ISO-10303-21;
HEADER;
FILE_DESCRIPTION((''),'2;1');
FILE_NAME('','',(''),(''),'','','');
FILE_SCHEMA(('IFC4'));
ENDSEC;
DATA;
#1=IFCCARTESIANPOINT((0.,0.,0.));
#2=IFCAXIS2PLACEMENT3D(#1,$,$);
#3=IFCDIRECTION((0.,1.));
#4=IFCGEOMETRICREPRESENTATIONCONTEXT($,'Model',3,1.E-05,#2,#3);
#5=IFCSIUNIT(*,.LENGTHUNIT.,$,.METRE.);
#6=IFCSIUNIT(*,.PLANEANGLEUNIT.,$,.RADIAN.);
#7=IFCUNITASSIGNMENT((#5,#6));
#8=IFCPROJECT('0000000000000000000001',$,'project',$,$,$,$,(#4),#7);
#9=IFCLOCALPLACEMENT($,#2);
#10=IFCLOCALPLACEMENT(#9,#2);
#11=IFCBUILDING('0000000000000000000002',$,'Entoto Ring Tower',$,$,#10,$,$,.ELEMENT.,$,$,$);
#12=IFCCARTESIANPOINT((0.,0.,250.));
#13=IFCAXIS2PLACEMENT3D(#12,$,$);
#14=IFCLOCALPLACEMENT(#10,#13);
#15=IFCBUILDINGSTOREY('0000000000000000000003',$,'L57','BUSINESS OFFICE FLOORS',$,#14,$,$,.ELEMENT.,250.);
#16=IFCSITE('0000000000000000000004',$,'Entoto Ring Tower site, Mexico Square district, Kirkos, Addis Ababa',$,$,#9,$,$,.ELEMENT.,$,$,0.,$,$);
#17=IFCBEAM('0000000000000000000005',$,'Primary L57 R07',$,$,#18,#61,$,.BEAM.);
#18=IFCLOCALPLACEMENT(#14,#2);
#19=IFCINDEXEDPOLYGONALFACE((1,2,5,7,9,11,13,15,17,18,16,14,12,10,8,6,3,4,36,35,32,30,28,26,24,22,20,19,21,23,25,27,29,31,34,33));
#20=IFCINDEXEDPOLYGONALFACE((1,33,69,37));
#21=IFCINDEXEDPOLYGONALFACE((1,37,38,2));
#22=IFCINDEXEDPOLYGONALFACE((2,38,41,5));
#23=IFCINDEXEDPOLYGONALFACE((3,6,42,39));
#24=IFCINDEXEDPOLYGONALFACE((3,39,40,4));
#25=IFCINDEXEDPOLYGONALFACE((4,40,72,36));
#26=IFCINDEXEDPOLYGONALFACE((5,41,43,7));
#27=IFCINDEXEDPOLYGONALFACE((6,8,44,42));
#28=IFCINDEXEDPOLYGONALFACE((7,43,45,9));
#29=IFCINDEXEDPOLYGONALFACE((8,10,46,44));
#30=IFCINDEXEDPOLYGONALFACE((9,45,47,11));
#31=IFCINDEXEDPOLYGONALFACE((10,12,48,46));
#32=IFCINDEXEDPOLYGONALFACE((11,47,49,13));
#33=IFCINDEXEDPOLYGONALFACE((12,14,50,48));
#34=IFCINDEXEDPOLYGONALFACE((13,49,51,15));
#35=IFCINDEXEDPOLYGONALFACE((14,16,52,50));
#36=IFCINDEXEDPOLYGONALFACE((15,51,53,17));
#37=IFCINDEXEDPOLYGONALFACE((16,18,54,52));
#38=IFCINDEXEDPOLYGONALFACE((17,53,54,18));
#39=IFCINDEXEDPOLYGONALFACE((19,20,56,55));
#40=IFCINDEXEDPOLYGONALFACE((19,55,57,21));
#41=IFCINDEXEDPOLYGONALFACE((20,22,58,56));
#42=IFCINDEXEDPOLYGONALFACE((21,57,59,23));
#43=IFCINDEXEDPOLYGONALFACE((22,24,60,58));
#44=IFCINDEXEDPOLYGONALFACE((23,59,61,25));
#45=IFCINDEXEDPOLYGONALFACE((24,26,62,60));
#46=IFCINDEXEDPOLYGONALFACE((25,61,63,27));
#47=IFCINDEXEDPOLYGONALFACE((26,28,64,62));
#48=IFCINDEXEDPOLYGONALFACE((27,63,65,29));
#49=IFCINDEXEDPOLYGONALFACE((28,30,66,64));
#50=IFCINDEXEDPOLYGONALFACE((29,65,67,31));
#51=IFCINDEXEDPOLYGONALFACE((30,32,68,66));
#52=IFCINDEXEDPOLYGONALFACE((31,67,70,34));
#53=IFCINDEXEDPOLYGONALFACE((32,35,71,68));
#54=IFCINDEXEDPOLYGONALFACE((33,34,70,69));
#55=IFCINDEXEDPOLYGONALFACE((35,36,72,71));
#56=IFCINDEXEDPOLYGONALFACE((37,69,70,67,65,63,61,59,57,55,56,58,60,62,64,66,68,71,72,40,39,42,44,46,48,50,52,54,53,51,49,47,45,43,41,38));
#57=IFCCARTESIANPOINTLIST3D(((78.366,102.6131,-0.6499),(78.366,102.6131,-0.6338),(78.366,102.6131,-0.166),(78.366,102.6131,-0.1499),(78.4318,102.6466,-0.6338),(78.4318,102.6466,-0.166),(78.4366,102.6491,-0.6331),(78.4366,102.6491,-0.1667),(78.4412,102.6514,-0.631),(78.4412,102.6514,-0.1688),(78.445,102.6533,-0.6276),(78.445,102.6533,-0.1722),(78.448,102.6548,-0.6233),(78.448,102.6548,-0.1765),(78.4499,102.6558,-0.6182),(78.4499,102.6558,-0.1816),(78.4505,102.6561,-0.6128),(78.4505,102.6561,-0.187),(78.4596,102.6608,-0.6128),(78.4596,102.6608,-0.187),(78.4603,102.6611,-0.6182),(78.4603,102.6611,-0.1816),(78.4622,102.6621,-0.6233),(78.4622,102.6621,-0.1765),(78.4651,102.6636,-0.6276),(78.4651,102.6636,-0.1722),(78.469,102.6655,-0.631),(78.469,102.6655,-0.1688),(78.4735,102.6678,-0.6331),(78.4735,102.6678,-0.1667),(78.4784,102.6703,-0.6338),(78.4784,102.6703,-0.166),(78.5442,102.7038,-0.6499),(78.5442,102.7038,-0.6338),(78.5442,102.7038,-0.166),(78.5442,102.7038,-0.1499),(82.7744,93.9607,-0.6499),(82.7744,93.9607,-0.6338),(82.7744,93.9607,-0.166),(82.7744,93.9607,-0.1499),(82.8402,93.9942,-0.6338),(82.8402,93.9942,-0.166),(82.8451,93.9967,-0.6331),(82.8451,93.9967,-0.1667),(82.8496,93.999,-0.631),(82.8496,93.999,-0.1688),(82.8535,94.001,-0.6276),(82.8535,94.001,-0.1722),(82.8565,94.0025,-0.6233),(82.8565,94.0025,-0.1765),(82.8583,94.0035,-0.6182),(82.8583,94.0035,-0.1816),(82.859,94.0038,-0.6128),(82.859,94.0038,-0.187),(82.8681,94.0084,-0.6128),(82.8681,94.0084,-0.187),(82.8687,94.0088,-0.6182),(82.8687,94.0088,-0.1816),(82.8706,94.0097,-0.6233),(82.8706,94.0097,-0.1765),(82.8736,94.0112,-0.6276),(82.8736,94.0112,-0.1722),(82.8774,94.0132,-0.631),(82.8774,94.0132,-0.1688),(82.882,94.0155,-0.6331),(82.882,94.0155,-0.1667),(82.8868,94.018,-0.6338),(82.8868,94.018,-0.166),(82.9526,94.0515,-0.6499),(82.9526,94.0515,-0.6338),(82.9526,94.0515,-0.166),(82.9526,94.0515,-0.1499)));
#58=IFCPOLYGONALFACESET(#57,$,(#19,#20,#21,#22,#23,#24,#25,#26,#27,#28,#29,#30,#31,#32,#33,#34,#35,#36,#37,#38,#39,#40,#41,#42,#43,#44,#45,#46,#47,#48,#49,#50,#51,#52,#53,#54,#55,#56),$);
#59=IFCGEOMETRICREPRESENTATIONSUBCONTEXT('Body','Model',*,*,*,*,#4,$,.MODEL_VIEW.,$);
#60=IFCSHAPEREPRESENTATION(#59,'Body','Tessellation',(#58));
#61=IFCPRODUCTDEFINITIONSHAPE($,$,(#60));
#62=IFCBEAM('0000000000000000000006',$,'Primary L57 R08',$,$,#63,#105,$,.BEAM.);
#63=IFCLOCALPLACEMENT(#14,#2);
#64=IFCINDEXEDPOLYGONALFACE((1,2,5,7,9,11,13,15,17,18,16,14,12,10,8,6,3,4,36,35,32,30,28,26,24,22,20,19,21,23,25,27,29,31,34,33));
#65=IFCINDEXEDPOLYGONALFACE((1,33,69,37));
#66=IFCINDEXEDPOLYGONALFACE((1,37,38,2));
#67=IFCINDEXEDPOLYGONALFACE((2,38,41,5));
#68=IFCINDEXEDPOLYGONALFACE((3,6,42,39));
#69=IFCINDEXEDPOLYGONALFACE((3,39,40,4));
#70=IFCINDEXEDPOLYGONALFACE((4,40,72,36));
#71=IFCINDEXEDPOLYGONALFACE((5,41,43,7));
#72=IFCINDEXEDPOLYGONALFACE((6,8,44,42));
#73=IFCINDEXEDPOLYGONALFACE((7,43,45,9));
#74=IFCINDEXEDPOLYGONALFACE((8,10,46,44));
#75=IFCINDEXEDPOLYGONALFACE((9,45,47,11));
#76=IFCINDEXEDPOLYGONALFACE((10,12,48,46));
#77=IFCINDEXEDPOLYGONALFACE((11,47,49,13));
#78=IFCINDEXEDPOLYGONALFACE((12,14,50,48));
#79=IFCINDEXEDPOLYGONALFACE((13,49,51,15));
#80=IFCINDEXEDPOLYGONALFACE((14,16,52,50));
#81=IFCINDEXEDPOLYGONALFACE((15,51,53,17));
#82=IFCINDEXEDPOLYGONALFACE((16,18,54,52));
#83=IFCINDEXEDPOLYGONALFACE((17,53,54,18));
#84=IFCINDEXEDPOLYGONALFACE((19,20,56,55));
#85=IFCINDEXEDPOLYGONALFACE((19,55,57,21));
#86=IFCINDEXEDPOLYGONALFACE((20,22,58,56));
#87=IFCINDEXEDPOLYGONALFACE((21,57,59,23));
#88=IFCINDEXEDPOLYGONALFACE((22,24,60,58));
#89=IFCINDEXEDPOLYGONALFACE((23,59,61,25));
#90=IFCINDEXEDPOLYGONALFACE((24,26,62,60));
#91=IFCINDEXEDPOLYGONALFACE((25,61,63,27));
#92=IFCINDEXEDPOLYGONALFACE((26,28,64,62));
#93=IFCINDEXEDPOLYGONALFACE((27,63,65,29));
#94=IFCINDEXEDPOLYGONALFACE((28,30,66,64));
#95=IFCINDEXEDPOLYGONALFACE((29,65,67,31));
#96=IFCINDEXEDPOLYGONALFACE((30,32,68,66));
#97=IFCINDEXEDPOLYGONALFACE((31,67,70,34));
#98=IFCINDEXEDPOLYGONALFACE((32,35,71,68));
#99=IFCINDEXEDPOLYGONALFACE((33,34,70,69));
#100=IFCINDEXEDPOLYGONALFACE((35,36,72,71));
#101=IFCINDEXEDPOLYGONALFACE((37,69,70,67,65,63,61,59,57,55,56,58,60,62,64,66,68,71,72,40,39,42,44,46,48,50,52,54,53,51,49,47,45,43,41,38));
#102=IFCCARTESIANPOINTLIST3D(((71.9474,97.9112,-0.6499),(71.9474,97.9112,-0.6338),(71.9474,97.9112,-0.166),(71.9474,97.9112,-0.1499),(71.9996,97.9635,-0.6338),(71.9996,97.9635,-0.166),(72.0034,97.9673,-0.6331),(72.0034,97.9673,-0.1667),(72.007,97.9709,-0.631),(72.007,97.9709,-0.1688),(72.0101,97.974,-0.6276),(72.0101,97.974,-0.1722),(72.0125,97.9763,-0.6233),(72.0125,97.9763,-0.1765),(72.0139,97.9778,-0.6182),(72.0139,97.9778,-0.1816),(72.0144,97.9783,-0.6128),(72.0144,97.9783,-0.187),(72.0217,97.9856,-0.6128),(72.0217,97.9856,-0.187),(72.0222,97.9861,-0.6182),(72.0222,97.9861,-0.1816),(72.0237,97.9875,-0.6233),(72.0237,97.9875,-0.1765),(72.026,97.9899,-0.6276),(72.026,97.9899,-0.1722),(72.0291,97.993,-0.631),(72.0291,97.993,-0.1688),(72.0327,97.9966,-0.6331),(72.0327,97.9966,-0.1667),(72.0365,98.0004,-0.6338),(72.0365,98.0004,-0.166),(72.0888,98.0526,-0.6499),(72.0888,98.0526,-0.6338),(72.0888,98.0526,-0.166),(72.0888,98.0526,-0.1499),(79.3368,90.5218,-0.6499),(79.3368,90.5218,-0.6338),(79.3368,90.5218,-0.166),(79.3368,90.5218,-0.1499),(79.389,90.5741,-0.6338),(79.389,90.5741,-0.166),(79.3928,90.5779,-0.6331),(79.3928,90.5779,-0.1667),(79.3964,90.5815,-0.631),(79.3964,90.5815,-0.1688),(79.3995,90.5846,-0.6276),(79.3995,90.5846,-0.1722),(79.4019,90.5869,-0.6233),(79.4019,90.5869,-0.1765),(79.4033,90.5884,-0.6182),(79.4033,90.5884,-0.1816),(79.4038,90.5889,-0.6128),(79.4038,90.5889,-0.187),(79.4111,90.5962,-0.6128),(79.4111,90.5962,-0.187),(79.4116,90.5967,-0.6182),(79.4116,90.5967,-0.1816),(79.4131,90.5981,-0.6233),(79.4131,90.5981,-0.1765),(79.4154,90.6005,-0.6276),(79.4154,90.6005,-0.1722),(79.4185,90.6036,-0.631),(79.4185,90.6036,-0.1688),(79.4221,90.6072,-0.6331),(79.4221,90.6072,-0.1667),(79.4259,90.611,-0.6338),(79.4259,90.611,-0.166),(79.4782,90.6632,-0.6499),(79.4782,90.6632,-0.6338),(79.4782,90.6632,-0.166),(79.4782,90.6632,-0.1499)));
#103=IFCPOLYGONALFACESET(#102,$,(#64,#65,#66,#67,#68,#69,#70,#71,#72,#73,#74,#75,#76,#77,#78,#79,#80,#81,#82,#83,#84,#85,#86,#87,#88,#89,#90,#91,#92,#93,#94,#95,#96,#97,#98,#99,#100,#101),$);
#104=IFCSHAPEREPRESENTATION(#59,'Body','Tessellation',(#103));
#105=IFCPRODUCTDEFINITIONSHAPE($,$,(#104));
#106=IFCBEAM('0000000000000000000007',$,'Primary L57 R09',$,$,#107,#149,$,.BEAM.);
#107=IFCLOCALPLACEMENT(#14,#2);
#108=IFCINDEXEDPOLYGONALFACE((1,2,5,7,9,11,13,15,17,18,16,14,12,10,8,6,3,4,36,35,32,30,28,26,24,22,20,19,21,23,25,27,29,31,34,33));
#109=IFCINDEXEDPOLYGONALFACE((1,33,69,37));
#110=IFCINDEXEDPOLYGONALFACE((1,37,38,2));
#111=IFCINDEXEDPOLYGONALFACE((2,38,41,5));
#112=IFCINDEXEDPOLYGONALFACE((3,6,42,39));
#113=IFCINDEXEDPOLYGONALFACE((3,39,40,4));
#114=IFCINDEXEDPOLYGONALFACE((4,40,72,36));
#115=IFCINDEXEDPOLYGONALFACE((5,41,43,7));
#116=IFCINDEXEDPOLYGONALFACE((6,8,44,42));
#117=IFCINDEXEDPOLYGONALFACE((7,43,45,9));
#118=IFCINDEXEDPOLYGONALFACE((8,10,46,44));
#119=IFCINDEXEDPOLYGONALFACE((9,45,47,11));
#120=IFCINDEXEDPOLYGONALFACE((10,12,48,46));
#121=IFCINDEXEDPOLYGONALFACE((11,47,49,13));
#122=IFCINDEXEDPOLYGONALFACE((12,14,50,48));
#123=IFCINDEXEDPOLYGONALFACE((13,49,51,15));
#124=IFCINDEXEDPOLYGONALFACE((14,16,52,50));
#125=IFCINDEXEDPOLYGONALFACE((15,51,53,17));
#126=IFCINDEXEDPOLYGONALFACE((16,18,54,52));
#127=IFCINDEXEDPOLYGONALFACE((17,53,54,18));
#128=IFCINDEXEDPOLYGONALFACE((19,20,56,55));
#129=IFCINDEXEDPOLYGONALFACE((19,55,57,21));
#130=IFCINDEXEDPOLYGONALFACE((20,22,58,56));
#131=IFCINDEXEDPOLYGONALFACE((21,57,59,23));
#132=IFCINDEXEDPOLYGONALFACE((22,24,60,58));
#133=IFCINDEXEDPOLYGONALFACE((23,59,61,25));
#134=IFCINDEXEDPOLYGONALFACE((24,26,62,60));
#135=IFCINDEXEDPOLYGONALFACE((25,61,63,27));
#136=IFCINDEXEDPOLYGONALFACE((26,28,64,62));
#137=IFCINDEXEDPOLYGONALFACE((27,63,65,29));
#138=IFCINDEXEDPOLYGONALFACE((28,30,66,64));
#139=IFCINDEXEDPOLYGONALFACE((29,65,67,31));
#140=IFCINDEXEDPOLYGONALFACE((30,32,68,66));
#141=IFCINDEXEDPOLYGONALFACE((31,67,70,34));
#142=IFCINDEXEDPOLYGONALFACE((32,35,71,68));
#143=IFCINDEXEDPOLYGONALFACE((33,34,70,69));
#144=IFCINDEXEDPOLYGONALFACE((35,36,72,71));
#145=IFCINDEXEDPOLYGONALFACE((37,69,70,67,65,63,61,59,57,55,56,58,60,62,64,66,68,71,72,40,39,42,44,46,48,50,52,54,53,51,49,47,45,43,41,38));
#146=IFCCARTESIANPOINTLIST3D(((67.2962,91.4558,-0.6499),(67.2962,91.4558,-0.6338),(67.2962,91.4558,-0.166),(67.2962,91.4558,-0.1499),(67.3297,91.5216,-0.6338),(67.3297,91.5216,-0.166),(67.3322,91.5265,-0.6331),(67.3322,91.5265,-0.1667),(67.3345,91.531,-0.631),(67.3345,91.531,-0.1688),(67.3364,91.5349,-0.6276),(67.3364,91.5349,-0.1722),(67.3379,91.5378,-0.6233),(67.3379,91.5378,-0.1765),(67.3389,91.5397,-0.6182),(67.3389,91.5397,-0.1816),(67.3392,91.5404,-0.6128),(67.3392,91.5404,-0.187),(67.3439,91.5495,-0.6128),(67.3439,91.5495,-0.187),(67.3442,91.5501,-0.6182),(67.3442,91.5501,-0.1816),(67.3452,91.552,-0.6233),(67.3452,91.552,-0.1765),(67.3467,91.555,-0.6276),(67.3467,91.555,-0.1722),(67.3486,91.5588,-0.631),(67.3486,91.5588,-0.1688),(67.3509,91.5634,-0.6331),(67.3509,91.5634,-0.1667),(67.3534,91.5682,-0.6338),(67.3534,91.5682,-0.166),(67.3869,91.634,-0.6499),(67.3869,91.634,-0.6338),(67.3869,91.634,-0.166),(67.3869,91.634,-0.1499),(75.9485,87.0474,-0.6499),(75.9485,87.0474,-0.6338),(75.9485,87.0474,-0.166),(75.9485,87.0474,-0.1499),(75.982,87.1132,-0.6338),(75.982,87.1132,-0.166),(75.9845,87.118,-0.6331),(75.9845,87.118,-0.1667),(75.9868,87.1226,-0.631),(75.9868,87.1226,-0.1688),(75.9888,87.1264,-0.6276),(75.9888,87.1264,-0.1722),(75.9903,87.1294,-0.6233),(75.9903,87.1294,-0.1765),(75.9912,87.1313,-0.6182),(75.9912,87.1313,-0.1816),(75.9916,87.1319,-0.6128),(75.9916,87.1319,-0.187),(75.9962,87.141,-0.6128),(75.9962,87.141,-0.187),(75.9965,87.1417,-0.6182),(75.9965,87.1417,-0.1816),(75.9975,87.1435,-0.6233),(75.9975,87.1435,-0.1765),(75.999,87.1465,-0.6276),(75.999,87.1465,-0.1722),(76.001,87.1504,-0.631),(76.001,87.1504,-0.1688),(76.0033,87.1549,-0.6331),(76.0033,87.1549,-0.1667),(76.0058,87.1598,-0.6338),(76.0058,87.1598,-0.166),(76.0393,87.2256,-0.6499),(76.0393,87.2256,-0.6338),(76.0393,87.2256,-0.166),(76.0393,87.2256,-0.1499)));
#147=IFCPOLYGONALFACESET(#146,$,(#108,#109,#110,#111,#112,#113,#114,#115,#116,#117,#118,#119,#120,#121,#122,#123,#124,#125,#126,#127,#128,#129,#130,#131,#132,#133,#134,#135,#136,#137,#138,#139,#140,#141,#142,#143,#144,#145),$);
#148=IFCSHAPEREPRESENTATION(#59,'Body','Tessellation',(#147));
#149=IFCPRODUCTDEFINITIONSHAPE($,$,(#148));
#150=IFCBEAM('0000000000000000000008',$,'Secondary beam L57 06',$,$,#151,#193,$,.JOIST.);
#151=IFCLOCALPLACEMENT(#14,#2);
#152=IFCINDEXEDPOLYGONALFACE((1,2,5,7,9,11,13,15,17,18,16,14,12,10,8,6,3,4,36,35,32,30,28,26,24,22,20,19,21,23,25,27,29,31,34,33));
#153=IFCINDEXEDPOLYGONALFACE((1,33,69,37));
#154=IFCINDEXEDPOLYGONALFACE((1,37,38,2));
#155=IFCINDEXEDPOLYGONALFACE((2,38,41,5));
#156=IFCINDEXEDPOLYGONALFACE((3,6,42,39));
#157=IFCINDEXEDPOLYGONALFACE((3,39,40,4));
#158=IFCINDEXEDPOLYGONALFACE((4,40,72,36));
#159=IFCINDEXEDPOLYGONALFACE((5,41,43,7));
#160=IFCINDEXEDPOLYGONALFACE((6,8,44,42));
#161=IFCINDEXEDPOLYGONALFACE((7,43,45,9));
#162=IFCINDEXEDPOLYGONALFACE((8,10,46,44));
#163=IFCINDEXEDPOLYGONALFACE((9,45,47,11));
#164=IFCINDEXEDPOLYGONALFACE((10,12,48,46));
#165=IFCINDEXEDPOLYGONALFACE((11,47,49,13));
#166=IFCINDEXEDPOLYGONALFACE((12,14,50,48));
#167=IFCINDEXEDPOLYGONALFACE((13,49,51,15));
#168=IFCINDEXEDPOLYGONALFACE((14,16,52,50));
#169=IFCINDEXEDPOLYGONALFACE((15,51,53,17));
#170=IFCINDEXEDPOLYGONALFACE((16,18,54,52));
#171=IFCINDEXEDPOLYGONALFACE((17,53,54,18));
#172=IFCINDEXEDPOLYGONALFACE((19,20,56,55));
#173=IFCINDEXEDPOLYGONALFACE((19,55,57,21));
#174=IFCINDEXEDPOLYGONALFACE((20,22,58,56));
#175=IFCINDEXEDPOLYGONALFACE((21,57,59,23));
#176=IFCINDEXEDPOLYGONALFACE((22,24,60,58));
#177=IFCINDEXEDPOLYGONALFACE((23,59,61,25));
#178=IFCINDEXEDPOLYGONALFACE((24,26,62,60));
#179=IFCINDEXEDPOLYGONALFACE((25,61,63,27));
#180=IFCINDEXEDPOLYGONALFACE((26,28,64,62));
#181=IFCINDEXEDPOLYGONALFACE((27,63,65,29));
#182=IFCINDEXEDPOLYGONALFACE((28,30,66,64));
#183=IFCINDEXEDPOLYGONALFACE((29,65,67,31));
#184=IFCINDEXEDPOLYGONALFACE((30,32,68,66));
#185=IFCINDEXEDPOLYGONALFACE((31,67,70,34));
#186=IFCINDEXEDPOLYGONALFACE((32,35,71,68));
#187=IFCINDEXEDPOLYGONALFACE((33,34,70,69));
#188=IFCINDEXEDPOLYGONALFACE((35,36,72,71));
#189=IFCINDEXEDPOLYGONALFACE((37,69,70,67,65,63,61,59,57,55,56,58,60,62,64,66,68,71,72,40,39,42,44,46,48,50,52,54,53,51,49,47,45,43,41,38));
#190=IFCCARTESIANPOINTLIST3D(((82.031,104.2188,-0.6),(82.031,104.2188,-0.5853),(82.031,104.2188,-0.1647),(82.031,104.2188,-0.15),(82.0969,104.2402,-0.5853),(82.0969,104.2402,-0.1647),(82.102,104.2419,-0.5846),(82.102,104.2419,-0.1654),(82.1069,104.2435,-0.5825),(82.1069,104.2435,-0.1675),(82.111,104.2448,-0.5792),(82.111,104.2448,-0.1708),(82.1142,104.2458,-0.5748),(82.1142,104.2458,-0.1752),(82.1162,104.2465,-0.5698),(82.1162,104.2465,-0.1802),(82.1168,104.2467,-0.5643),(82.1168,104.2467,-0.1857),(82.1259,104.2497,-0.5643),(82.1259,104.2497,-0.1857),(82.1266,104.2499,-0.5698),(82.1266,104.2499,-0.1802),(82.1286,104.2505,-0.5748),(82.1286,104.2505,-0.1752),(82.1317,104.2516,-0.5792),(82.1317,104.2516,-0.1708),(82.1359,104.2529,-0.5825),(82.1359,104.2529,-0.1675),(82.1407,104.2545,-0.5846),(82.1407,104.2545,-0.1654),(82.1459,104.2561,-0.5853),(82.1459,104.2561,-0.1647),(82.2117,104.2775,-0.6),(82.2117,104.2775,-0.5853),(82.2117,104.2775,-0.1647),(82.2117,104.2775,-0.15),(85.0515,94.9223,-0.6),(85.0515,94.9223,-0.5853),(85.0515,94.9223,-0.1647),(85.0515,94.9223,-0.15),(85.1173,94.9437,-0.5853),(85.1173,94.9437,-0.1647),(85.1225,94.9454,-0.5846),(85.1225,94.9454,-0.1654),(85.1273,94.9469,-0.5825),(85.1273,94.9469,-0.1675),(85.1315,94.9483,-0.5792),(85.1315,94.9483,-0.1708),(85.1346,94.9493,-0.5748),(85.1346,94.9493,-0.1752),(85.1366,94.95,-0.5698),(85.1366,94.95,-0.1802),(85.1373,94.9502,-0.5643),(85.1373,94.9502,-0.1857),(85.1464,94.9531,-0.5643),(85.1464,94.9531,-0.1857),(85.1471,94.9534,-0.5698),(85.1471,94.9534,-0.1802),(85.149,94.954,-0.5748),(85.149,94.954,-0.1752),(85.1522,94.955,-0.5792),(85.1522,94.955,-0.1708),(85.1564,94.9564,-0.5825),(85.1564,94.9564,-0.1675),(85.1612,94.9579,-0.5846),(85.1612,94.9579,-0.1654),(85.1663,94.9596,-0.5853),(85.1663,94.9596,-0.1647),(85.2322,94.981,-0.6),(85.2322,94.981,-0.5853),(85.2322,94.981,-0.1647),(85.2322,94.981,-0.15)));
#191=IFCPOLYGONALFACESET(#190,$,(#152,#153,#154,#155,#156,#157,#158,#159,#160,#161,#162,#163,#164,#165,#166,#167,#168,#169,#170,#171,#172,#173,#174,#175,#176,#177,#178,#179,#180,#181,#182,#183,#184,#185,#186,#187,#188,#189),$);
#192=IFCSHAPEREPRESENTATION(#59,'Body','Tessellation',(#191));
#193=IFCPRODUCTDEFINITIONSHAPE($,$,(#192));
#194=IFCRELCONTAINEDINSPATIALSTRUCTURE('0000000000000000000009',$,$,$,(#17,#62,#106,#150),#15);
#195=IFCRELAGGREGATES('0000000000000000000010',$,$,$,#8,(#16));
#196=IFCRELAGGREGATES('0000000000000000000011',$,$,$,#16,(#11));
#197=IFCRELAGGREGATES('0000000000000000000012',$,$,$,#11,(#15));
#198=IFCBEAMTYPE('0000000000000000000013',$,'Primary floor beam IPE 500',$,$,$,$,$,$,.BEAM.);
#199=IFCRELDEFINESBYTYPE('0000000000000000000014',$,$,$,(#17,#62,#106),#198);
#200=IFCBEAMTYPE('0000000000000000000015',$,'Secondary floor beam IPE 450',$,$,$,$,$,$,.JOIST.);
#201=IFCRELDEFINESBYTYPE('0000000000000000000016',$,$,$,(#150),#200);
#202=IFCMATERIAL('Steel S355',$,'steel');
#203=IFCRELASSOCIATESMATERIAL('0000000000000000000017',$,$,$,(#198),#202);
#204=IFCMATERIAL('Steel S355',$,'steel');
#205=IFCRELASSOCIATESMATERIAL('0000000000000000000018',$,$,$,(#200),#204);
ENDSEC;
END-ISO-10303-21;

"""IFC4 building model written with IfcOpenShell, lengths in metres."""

from ifc_helpers import new_model, si_unit, direction, frame, origin, origin_2d, place, context, subcontext, project, spatial, i_section, extrude, material, material_profile, profile_set, type_object, element, save


model = new_model("IFC4")

# Units and contexts
model_context = context("Model", 3, precision=1e-05, world=origin(), true_north=direction((0.0, 1.0)))
body_context = subcontext(model_context, "Body", "Model", "MODEL_VIEW")
ifc_project = project(units=[si_unit("LENGTHUNIT", "METRE"), si_unit("PLANEANGLEUNIT", "RADIAN")], contexts=[model_context])

# Site, building, storey
site_placement = place(None, origin())
site = spatial("IfcSite", under=ifc_project, at=site_placement, Name="Entoto Ring Tower site, Mexico Square district, Kirkos, Addis Ababa", CompositionType="ELEMENT", RefElevation=0.0)
building_placement = place(site_placement, origin())
building = spatial("IfcBuilding", under=site, at=building_placement, Name="Entoto Ring Tower", CompositionType="ELEMENT")
storey_placement = place(building_placement, frame((0.0, 0.0, 250.0)))
storey = spatial("IfcBuildingStorey", under=building, at=storey_placement, Name="L57", Description="BUSINESS OFFICE FLOORS", CompositionType="ELEMENT", Elevation=250.0)

# Beams
ifc_material_1 = material(Name="Steel S355", Category="steel")
ifc_material_profile_1 = material_profile(ifc_material_1, i_section(OverallWidth=0.2, OverallDepth=0.5, WebThickness=0.0103, FlangeThickness=0.0161, FilletRadius=0.021, at=origin_2d()), Name="IPE 500")
ifc_profile_set_1 = profile_set([ifc_material_profile_1], Name="Steel S355")
beam_type_1 = type_object("IfcBeamType", Name="Primary floor beam IPE 500", PredefinedType="BEAM", material=ifc_profile_set_1)
beam_1_placement = place(storey_placement, frame((82.8635, 94.0061, -0.3999), z_axis=(-0.453979, 0.891012, 0.0), x_axis=(-0.891012, -0.453979, 0.0)))
element("IfcBeam", 1, at=beam_1_placement, inside=storey, type_object=beam_type_1, Name="Primary L57 R07", PredefinedType="BEAM", context=body_context, shape_type="SweptSolid", body=[
    extrude(i_section(OverallWidth=0.2, OverallDepth=0.5, WebThickness=0.0103, FlangeThickness=0.0161, FilletRadius=0.021, at=origin_2d()), origin(), (0.0, 0.0, 1.0), 9.7107),
])
beam_2_placement = place(storey_placement, frame((79.4075, 90.5925, -0.3999), z_axis=(-0.707107, 0.707107, 0.0), x_axis=(-0.707107, -0.707107, 0.0)))
element("IfcBeam", 2, at=beam_2_placement, inside=storey, type_object=beam_type_1, Name="Primary L57 R08", PredefinedType="BEAM", context=body_context, shape_type="SweptSolid", body=[
    extrude(i_section(OverallWidth=0.2, OverallDepth=0.5, WebThickness=0.0103, FlangeThickness=0.0161, FilletRadius=0.021, at=origin_2d()), origin(), (0.0, 0.0, 1.0), 10.4502),
])
beam_3_placement = place(storey_placement, frame((75.9939, 87.1365, -0.3999), z_axis=(-0.891012, 0.453979, 0.0), x_axis=(-0.453979, -0.891012, 0.0)))
element("IfcBeam", 3, at=beam_3_placement, inside=storey, type_object=beam_type_1, Name="Primary L57 R09", PredefinedType="BEAM", context=body_context, shape_type="SweptSolid", body=[
    extrude(i_section(OverallWidth=0.2, OverallDepth=0.5, WebThickness=0.0103, FlangeThickness=0.0161, FilletRadius=0.021, at=origin_2d()), origin(), (0.0, 0.0, 1.0), 9.7107),
])
ifc_material_2 = material(Name="Steel S355", Category="steel")
ifc_material_profile_2 = material_profile(ifc_material_2, i_section(OverallWidth=0.1899, OverallDepth=0.45, WebThickness=0.0095, FlangeThickness=0.0146, FilletRadius=0.021, at=origin_2d()), Name="IPE 450")
ifc_profile_set_2 = profile_set([ifc_material_profile_2], Name="Steel S355")
beam_type_2 = type_object("IfcBeamType", Name="Secondary floor beam IPE 450", PredefinedType="JOIST", material=ifc_profile_set_2)
beam_4_placement = place(storey_placement, frame((85.1418, 94.9517, -0.375), z_axis=(-0.309003, 0.951061, 0.0), x_axis=(-0.951061, -0.309003, 0.0)))
element("IfcBeam", 4, at=beam_4_placement, inside=storey, type_object=beam_type_2, Name="Secondary beam L57 06", PredefinedType="JOIST", context=body_context, shape_type="SweptSolid", body=[
    extrude(i_section(OverallWidth=0.1899, OverallDepth=0.45, WebThickness=0.0095, FlangeThickness=0.0146, FilletRadius=0.021, at=origin_2d()), origin(), (0.0, 0.0, 1.0), 9.7749),
])

save(model, "model.ifc")
